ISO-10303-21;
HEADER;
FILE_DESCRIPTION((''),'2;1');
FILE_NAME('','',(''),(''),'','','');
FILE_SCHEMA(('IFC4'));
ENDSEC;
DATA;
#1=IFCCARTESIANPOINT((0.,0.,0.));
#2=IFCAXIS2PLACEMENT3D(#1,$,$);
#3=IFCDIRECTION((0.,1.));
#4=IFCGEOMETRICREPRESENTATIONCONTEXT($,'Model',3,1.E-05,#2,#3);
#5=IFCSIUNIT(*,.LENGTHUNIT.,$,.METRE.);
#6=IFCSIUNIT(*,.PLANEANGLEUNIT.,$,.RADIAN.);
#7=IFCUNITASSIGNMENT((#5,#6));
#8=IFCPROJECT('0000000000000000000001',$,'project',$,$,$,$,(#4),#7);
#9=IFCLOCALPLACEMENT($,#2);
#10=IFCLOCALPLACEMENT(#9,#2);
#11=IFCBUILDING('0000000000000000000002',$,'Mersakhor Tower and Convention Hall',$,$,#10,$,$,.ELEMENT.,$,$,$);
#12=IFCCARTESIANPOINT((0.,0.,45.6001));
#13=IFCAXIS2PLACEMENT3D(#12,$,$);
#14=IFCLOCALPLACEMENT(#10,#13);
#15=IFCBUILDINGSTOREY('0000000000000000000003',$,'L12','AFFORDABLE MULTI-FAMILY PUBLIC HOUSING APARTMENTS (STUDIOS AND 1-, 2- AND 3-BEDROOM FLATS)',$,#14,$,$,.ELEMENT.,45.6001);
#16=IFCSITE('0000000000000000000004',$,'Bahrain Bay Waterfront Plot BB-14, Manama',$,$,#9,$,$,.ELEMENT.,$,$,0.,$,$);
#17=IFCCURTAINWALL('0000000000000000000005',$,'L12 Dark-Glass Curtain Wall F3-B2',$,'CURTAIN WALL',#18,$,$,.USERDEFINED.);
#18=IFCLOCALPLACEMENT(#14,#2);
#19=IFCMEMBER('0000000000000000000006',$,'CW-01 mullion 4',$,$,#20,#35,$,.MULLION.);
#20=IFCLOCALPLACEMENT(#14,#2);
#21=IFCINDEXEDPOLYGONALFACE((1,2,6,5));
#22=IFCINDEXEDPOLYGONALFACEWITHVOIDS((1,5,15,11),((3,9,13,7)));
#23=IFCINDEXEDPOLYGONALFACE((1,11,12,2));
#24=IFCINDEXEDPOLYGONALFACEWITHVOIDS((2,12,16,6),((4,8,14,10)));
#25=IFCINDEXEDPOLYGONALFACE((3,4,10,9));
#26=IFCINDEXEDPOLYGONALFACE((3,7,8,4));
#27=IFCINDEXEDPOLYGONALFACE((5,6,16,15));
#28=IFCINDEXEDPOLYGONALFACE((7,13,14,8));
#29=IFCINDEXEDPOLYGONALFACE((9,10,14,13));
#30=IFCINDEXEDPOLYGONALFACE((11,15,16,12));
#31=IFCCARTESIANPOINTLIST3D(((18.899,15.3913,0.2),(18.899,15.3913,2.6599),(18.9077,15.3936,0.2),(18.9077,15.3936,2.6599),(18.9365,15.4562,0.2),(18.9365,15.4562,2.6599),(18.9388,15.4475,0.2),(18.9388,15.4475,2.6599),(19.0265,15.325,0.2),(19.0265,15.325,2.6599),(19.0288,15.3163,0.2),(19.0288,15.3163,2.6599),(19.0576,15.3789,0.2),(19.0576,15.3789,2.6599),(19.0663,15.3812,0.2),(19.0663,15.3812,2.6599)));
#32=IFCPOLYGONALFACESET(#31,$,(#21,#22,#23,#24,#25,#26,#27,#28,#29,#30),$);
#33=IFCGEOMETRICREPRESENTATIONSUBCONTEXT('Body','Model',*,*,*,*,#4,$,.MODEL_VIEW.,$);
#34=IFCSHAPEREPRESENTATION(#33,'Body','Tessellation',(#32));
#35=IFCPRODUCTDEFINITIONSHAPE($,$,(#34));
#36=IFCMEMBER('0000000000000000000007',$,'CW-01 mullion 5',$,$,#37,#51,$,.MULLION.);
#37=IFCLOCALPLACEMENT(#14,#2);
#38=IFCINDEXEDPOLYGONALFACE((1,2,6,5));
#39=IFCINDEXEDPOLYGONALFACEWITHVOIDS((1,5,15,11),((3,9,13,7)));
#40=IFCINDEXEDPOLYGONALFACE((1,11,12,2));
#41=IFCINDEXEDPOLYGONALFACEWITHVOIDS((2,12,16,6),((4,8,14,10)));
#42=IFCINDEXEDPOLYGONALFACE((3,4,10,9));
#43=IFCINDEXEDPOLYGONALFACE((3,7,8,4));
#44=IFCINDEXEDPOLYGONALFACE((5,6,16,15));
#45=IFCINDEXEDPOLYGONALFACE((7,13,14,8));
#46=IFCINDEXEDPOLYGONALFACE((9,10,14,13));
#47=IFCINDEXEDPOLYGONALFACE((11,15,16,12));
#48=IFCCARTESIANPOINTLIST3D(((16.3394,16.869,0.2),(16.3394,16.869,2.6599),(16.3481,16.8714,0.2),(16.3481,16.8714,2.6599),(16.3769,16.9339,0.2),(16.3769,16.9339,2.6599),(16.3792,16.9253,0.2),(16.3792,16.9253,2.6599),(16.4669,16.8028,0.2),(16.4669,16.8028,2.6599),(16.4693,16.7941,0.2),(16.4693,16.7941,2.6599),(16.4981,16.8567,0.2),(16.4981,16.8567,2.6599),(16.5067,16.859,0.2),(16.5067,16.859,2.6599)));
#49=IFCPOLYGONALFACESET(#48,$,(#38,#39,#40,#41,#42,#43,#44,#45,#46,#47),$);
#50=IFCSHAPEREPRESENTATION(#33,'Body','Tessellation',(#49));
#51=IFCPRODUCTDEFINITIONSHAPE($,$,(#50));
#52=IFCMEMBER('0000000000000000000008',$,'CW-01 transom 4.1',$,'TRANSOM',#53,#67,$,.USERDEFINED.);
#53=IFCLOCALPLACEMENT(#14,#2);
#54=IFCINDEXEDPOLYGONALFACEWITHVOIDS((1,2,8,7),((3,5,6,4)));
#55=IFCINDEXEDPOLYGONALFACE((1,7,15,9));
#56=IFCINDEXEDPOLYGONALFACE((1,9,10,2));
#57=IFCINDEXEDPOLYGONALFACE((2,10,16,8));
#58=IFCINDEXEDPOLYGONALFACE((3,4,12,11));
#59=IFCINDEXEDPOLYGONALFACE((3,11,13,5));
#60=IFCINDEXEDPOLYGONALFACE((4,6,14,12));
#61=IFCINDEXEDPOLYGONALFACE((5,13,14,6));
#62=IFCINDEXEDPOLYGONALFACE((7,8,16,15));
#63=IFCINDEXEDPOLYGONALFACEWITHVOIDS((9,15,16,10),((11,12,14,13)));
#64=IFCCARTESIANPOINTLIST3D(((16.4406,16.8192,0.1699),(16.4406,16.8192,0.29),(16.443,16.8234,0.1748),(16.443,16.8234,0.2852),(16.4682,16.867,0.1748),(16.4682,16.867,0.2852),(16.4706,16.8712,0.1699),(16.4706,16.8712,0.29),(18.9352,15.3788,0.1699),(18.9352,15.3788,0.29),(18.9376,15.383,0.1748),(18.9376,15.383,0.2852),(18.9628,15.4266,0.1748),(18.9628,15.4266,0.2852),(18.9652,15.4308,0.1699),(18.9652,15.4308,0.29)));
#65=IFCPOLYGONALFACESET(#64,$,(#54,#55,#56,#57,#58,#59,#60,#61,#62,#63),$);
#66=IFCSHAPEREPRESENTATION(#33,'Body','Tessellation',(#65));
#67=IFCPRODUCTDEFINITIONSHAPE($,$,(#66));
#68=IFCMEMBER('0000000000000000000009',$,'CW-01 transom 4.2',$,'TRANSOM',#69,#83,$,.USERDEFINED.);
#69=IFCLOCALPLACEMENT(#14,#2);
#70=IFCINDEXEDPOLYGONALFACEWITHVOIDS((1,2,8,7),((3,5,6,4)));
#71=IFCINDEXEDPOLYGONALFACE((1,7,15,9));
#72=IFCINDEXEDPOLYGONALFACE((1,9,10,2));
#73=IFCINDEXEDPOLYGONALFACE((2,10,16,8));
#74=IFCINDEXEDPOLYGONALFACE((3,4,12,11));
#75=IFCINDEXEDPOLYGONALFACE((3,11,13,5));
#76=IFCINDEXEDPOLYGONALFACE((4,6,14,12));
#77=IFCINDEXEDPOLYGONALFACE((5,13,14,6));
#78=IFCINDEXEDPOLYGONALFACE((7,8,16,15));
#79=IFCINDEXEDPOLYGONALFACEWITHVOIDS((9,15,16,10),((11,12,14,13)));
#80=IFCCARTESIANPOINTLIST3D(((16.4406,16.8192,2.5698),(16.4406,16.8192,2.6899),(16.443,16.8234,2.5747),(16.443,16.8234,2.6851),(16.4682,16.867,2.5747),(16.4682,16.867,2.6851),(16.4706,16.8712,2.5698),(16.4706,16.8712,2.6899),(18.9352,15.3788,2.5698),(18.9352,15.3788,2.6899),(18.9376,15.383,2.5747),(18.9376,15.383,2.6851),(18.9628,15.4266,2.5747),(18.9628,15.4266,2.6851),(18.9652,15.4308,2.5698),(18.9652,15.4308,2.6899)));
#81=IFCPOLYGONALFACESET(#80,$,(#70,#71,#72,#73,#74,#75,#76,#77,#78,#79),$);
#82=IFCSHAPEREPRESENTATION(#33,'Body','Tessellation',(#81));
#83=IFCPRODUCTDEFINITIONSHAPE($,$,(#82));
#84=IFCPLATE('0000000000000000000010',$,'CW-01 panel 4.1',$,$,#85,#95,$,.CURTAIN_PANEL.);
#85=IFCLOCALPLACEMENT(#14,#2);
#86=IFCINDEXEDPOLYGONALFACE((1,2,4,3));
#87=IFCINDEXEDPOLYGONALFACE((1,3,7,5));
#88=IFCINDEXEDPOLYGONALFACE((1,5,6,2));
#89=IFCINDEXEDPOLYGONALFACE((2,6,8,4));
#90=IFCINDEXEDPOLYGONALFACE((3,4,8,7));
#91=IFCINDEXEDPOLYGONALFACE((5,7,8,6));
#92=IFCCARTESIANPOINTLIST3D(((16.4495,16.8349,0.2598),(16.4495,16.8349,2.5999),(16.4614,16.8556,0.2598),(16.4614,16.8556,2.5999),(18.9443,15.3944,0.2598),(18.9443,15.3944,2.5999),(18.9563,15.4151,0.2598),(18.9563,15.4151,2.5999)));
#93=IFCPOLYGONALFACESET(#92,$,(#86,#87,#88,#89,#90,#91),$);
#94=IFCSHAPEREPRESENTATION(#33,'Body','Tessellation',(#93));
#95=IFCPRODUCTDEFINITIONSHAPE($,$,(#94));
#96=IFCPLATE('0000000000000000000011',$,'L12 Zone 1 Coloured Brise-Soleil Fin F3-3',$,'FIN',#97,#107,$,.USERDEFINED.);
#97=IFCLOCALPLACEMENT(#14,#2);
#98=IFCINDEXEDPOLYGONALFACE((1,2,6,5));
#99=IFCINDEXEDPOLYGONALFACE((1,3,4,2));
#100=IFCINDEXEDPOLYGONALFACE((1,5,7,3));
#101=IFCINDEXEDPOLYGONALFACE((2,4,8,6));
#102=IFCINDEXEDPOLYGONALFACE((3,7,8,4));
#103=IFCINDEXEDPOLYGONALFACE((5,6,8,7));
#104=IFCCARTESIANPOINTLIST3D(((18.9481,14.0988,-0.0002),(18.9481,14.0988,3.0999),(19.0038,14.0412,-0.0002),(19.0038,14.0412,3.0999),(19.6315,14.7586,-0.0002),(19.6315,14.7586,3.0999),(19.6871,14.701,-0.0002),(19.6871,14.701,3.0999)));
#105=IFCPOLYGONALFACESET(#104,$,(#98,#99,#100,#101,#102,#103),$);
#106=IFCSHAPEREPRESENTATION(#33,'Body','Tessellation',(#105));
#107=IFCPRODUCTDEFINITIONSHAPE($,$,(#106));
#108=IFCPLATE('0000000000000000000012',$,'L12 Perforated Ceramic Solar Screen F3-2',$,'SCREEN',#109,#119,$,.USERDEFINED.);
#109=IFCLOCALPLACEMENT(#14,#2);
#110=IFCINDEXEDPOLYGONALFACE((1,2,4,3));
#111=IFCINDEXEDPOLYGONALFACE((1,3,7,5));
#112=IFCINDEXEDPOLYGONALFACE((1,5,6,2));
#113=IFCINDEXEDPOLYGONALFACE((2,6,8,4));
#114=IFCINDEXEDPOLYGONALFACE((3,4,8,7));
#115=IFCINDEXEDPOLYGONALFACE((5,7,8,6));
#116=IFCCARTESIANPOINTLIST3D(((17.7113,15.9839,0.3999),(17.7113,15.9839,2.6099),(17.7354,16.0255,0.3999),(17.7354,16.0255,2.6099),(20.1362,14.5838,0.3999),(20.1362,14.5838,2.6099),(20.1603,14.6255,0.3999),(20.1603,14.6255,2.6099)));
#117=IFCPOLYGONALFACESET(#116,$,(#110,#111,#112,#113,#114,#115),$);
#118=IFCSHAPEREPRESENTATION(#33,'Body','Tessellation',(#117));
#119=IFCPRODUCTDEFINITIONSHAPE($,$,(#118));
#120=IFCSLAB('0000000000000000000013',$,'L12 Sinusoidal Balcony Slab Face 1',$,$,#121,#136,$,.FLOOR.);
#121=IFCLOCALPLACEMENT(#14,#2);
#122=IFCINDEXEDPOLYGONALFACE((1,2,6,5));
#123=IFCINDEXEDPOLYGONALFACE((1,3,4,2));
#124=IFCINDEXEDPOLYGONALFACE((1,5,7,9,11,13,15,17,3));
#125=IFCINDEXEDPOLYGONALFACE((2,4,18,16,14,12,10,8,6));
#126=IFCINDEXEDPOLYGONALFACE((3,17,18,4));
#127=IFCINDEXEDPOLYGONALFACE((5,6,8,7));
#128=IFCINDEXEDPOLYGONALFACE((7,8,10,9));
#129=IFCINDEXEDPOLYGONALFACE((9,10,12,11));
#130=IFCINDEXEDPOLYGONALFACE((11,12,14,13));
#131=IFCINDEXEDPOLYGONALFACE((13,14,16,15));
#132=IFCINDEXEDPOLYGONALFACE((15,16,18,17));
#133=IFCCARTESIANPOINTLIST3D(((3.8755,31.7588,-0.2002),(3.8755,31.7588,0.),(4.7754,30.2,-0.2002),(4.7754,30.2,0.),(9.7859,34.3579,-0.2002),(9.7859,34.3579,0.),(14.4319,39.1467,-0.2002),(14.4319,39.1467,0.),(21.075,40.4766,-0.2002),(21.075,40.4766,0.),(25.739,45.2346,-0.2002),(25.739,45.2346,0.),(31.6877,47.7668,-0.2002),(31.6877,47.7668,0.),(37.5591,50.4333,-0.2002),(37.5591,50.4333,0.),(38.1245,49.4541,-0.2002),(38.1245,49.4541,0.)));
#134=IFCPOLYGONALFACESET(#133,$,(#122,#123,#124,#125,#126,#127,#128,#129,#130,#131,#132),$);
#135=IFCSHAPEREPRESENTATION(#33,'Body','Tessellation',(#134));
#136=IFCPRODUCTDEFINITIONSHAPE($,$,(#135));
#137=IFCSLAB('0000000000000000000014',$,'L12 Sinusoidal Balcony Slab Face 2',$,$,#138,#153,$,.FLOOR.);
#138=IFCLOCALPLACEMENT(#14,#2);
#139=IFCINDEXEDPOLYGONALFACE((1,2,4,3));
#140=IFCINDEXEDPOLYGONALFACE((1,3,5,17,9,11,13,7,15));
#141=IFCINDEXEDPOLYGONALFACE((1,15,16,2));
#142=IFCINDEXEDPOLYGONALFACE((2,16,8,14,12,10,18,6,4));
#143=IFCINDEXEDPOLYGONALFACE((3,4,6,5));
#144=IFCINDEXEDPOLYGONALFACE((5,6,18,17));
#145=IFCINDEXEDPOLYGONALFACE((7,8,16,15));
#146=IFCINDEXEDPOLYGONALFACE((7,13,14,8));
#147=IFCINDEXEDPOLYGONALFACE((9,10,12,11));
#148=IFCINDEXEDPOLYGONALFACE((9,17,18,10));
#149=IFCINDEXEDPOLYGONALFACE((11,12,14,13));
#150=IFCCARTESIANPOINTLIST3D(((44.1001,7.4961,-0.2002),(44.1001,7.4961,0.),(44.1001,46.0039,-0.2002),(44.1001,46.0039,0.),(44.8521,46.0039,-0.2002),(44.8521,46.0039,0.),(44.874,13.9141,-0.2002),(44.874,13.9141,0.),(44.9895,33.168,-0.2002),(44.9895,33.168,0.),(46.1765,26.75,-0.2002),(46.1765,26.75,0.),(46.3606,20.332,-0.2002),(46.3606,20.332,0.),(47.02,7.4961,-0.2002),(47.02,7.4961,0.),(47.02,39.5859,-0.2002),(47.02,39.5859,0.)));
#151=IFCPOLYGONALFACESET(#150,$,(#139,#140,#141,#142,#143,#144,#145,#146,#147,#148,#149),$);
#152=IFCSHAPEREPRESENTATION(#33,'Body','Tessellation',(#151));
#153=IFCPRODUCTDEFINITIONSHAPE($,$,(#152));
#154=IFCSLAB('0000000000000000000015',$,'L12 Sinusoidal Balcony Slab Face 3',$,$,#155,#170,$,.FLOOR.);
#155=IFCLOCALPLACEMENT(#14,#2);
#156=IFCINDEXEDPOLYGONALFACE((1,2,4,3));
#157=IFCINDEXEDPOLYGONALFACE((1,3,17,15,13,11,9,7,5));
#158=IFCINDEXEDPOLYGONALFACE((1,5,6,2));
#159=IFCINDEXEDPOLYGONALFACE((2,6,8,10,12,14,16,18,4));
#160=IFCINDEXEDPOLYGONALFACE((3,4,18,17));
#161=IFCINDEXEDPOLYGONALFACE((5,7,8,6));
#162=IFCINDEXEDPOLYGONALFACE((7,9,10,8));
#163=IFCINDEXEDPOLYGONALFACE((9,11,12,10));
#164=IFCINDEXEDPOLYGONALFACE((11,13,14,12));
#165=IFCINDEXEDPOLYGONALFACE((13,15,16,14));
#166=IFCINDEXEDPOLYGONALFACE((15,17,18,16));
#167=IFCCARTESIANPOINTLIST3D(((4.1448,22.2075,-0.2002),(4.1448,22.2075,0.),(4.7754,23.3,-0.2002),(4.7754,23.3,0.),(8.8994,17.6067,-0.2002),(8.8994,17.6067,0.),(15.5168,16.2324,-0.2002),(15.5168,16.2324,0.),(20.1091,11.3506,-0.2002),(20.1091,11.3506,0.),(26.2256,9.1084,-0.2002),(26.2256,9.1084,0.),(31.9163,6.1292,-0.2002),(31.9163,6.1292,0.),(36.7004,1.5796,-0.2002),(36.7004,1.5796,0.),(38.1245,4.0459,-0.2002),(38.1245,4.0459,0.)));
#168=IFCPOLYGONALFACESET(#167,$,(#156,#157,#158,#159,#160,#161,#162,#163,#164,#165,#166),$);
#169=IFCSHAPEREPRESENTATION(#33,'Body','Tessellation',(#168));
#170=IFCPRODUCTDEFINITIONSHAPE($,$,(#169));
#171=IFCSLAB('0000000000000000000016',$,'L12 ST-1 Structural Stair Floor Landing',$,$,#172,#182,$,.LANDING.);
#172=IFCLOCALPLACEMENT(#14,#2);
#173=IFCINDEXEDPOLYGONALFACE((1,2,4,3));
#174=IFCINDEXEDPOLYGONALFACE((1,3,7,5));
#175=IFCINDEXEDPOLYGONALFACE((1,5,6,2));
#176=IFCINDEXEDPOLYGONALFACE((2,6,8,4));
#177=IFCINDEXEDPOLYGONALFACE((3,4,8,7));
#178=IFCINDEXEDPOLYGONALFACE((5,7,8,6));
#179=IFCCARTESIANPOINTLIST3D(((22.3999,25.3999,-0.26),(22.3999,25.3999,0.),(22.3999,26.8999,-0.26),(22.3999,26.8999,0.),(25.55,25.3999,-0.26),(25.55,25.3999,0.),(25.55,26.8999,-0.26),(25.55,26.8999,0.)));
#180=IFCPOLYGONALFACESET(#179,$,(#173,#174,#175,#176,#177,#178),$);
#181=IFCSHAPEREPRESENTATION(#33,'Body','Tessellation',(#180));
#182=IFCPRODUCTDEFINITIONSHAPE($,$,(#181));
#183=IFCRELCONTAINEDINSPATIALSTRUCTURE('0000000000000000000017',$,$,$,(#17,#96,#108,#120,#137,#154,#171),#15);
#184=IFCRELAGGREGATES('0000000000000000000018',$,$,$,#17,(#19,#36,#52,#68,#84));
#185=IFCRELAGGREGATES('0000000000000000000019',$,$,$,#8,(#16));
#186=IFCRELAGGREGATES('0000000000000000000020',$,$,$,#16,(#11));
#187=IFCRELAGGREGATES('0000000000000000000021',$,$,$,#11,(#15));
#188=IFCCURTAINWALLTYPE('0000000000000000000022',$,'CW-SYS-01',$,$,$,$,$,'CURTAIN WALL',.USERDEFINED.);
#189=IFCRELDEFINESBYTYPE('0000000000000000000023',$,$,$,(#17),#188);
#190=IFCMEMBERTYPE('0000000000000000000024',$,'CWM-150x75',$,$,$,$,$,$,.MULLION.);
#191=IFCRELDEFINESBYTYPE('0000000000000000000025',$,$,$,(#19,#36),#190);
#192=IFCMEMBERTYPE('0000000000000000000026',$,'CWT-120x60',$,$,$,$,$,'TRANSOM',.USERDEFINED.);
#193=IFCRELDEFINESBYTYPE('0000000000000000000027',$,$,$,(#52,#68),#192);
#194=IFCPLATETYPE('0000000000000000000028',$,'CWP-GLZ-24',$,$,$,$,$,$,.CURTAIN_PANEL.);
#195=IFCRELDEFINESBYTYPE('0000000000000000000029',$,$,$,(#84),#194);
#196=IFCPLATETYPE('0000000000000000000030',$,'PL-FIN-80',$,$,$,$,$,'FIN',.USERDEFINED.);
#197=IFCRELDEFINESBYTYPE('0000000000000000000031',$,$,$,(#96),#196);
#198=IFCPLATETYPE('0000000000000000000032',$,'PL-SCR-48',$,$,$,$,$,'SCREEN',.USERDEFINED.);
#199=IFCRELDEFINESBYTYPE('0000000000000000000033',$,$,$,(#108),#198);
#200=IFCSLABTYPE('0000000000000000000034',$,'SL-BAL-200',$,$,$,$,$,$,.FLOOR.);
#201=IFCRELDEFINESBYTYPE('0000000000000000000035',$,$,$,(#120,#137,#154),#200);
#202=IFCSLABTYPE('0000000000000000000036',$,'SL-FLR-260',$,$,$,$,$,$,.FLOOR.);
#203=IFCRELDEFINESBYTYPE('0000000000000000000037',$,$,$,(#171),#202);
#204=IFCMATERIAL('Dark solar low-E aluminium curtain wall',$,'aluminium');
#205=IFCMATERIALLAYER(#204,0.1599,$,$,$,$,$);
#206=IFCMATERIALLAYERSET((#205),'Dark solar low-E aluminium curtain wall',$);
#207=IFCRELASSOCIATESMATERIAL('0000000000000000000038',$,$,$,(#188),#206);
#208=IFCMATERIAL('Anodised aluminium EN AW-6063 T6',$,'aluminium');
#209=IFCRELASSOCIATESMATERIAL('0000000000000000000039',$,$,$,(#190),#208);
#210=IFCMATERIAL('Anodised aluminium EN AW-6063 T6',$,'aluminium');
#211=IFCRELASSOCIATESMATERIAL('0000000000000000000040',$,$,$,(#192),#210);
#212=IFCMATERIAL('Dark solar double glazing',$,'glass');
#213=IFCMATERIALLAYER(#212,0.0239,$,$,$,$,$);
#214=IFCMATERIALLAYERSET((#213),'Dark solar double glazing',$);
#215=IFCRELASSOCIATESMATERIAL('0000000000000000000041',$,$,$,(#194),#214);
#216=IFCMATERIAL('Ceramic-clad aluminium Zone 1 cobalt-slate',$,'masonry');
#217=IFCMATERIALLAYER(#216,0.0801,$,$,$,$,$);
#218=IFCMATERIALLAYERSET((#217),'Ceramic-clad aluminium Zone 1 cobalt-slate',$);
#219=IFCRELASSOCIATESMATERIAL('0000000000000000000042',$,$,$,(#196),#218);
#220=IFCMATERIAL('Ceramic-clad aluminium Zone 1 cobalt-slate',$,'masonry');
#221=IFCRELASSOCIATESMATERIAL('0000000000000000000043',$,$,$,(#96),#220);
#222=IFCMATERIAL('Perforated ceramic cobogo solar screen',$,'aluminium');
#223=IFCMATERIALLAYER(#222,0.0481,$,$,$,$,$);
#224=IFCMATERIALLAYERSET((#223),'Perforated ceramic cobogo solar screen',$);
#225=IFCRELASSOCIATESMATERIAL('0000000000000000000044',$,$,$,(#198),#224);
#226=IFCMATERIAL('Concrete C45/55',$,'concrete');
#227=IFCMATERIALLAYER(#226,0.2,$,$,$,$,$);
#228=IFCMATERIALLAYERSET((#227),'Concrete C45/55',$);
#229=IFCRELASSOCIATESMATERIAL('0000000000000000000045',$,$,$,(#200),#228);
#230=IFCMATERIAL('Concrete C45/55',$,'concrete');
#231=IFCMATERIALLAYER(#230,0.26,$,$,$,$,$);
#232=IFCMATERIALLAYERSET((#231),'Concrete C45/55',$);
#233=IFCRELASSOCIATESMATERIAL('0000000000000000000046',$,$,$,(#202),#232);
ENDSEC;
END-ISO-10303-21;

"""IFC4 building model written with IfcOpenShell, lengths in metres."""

from ifc_helpers import new_model, si_unit, direction, frame, origin, origin_2d, place, context, subcontext, project, spatial, polyline, rectangle, hollow_rectangle, outline, extrude, material, layer, layer_set, material_profile, profile_set, type_object, element, aggregate, save


model = new_model("IFC4")

# Units and contexts
model_context = context("Model", 3, precision=1e-05, world=origin(), true_north=direction((0.0, 1.0)))
body_context = subcontext(model_context, "Body", "Model", "MODEL_VIEW")
ifc_project = project(units=[si_unit("LENGTHUNIT", "METRE"), si_unit("PLANEANGLEUNIT", "RADIAN")], contexts=[model_context])

# Site, building, storey
site_placement = place(None, origin())
site = spatial("IfcSite", under=ifc_project, at=site_placement, Name="Bahrain Bay Waterfront Plot BB-14, Manama", CompositionType="ELEMENT", RefElevation=0.0)
building_placement = place(site_placement, origin())
building = spatial("IfcBuilding", under=site, at=building_placement, Name="Mersakhor Tower and Convention Hall", CompositionType="ELEMENT")
storey_placement = place(building_placement, frame((0.0, 0.0, 45.6001)))
storey = spatial("IfcBuildingStorey", under=building, at=storey_placement, Name="L12", Description="AFFORDABLE MULTI-FAMILY PUBLIC HOUSING APARTMENTS (STUDIOS AND 1-, 2- AND 3-BEDROOM FLATS)", CompositionType="ELEMENT", Elevation=45.6001)

# Curtain wall, members, plate
ifc_material_1 = material(Name="Dark solar low-E aluminium curtain wall", Category="aluminium")
ifc_layer_1 = layer(ifc_material_1, 0.1599)
ifc_layer_set_1 = layer_set([ifc_layer_1], Name="Dark solar low-E aluminium curtain wall")
curtain_wall_type = type_object("IfcCurtainWallType", Name="CW-SYS-01", ElementType="CURTAIN WALL", PredefinedType="USERDEFINED", material=ifc_layer_set_1)
curtain_wall_placement = place(storey_placement, origin())
curtain_wall = element("IfcCurtainWall", 1, at=curtain_wall_placement, inside=storey, type_object=curtain_wall_type, Name="L12 Dark-Glass Curtain Wall F3-B2", ObjectType="CURTAIN WALL", PredefinedType="USERDEFINED")
ifc_material_2 = material(Name="Anodised aluminium EN AW-6063 T6", Category="aluminium")
ifc_material_profile_1 = material_profile(ifc_material_2, hollow_rectangle(XDim=0.075, YDim=0.1499, WallThickness=0.0063, at=origin_2d()), Name="RHS 150x75x6.3")
ifc_profile_set_1 = profile_set([ifc_material_profile_1], Name="Anodised aluminium EN AW-6063 T6")
member_type_1 = type_object("IfcMemberType", Name="CWM-150x75", PredefinedType="MULLION", material=ifc_profile_set_1)
member_1_placement = place(storey_placement, frame((18.9827, 15.3862, 0.2), z_axis=(0.0, 0.0, 1.0), x_axis=(-0.500003, -0.866023, 0.0)))
member_1 = element("IfcMember", 2, at=member_1_placement, type_object=member_type_1, Name="CW-01 mullion 4", PredefinedType="MULLION", context=body_context, shape_type="SweptSolid", body=[
    extrude(hollow_rectangle(XDim=0.075, YDim=0.1499, WallThickness=0.0063, at=origin_2d()), origin(), (0.0, 0.0, 1.0), 2.46),
])
member_2_placement = place(storey_placement, frame((16.4231, 16.864, 0.2), z_axis=(0.0, 0.0, 1.0), x_axis=(-0.500003, -0.866023, 0.0)))
member_2 = element("IfcMember", 3, at=member_2_placement, type_object=member_type_1, Name="CW-01 mullion 5", PredefinedType="MULLION", context=body_context, shape_type="SweptSolid", body=[
    extrude(hollow_rectangle(XDim=0.075, YDim=0.1499, WallThickness=0.0063, at=origin_2d()), origin(), (0.0, 0.0, 1.0), 2.46),
])
ifc_material_3 = material(Name="Anodised aluminium EN AW-6063 T6", Category="aluminium")
ifc_material_profile_2 = material_profile(ifc_material_3, hollow_rectangle(XDim=0.0601, YDim=0.1201, WallThickness=0.0049, at=origin_2d()), Name="RHS 120x60x5")
ifc_profile_set_2 = profile_set([ifc_material_profile_2], Name="Anodised aluminium EN AW-6063 T6")
member_type_2 = type_object("IfcMemberType", Name="CWT-120x60", ElementType="TRANSOM", PredefinedType="USERDEFINED", material=ifc_profile_set_2)
member_3_placement = place(storey_placement, frame((18.9502, 15.4048, 0.23), z_axis=(-0.866002, 0.50004, 0.0), x_axis=(-0.50004, -0.866002, 0.0)))
member_3 = element("IfcMember", 4, at=member_3_placement, type_object=member_type_2, Name="CW-01 transom 4.1", ObjectType="TRANSOM", PredefinedType="USERDEFINED", context=body_context, shape_type="SweptSolid", body=[
    extrude(hollow_rectangle(XDim=0.0601, YDim=0.1201, WallThickness=0.0049, at=origin_2d()), origin(), (0.0, 0.0, 1.0), 2.8806),
])
member_4_placement = place(storey_placement, frame((18.9502, 15.4048, 2.6299), z_axis=(-0.866002, 0.50004, 0.0), x_axis=(-0.50004, -0.866002, 0.0)))
member_4 = element("IfcMember", 5, at=member_4_placement, type_object=member_type_2, Name="CW-01 transom 4.2", ObjectType="TRANSOM", PredefinedType="USERDEFINED", context=body_context, shape_type="SweptSolid", body=[
    extrude(hollow_rectangle(XDim=0.0601, YDim=0.1201, WallThickness=0.0049, at=origin_2d()), origin(), (0.0, 0.0, 1.0), 2.8806),
])
ifc_material_4 = material(Name="Dark solar double glazing", Category="glass")
ifc_layer_2 = layer(ifc_material_4, 0.0239)
ifc_layer_set_2 = layer_set([ifc_layer_2], Name="Dark solar double glazing")
plate_type_1 = type_object("IfcPlateType", Name="CWP-GLZ-24", PredefinedType="CURTAIN_PANEL", material=ifc_layer_set_2)
plate_1_placement = place(storey_placement, frame((17.7029, 16.125, 0.2598), z_axis=(0.0, 0.0, 1.0), x_axis=(-0.866023, 0.500003, 0.0)))
plate_1 = element("IfcPlate", 6, at=plate_1_placement, type_object=plate_type_1, Name="CW-01 panel 4.1", PredefinedType="CURTAIN_PANEL", context=body_context, shape_type="SweptSolid", body=[
    extrude(rectangle(XDim=2.8809, YDim=0.0239, at=origin_2d()), origin(), (0.0, 0.0, 1.0), 2.3401),
])
aggregate(curtain_wall, [member_1, member_2, member_3, member_4, plate_1])

# Plates
ifc_material_5 = material(Name="Ceramic-clad aluminium Zone 1 cobalt-slate", Category="masonry")
ifc_material_6 = material(Name="Ceramic-clad aluminium Zone 1 cobalt-slate", Category="masonry")
ifc_layer_3 = layer(ifc_material_6, 0.0801)
ifc_layer_set_3 = layer_set([ifc_layer_3], Name="Ceramic-clad aluminium Zone 1 cobalt-slate")
plate_type_2 = type_object("IfcPlateType", Name="PL-FIN-80", ElementType="FIN", PredefinedType="USERDEFINED", material=ifc_layer_set_3)
plate_2_placement = place(storey_placement, frame((19.3176, 14.3999, -0.0002), z_axis=(0.0, 0.0, 1.0), x_axis=(-0.71934, -0.694658, 0.0)))
element("IfcPlate", 7, at=plate_2_placement, inside=storey, type_object=plate_type_2, material=ifc_material_5, Name="L12 Zone 1 Coloured Brise-Soleil Fin F3-3", ObjectType="FIN", PredefinedType="USERDEFINED", context=body_context, shape_type="SweptSolid", body=[
    extrude(rectangle(XDim=0.95, YDim=0.0801, at=origin_2d()), origin(), (0.0, 0.0, 1.0), 3.1001),
])
ifc_material_7 = material(Name="Perforated ceramic cobogo solar screen", Category="aluminium")
ifc_layer_4 = layer(ifc_material_7, 0.0481)
ifc_layer_set_4 = layer_set([ifc_layer_4], Name="Perforated ceramic cobogo solar screen")
plate_type_3 = type_object("IfcPlateType", Name="PL-SCR-48", ElementType="SCREEN", PredefinedType="USERDEFINED", material=ifc_layer_set_4)
plate_3_placement = place(storey_placement, frame((18.9358, 15.3047, 0.3999), z_axis=(0.0, 0.0, 1.0), x_axis=(-0.866025, 0.5, 0.0)))
element("IfcPlate", 8, at=plate_3_placement, inside=storey, type_object=plate_type_3, Name="L12 Perforated Ceramic Solar Screen F3-2", ObjectType="SCREEN", PredefinedType="USERDEFINED", context=body_context, shape_type="SweptSolid", body=[
    extrude(rectangle(XDim=2.8, YDim=0.0481, at=origin_2d()), origin(), (0.0, 0.0, 1.0), 2.21),
])

# Slabs
ifc_material_8 = material(Name="Concrete C45/55", Category="concrete")
ifc_layer_5 = layer(ifc_material_8, 0.2)
ifc_layer_set_5 = layer_set([ifc_layer_5], Name="Concrete C45/55")
slab_type_1 = type_object("IfcSlabType", Name="SL-BAL-200", PredefinedType="FLOOR", material=ifc_layer_set_5)
slab_1_placement = place(storey_placement, frame((0.0, 0.0, -0.2002)))
element("IfcSlab", 9, at=slab_1_placement, inside=storey, type_object=slab_type_1, Name="L12 Sinusoidal Balcony Slab Face 1", PredefinedType="FLOOR", context=body_context, shape_type="SweptSolid", body=[
    extrude(outline(polyline([(4.7754, 30.2), (38.1245, 49.4541), (37.5591, 50.4333), (31.6877, 47.7668), (25.739, 45.2346), (21.075, 40.4766), (14.4319, 39.1467), (9.7859, 34.3579), (3.8755, 31.7588), (4.7754, 30.2)])), origin(), (0.0, 0.0, 1.0), 0.2002),
])
slab_2_placement = place(storey_placement, frame((0.0, 0.0, -0.2002)))
element("IfcSlab", 10, at=slab_2_placement, inside=storey, type_object=slab_type_1, Name="L12 Sinusoidal Balcony Slab Face 2", PredefinedType="FLOOR", context=body_context, shape_type="SweptSolid", body=[
    extrude(outline(polyline([(44.1001, 46.0039), (44.1001, 7.4961), (47.02, 7.4961), (44.874, 13.9141), (46.3606, 20.332), (46.1765, 26.75), (44.9895, 33.168), (47.02, 39.5859), (44.8521, 46.0039), (44.1001, 46.0039)])), origin(), (0.0, 0.0, 1.0), 0.2002),
])
slab_3_placement = place(storey_placement, frame((0.0, 0.0, -0.2002)))
element("IfcSlab", 11, at=slab_3_placement, inside=storey, type_object=slab_type_1, Name="L12 Sinusoidal Balcony Slab Face 3", PredefinedType="FLOOR", context=body_context, shape_type="SweptSolid", body=[
    extrude(outline(polyline([(38.1245, 4.0459), (4.7754, 23.3), (4.1448, 22.2075), (8.8994, 17.6067), (15.5168, 16.2324), (20.1091, 11.3506), (26.2256, 9.1084), (31.9163, 6.1292), (36.7004, 1.5796), (38.1245, 4.0459)])), origin(), (0.0, 0.0, 1.0), 0.2002),
])
ifc_material_9 = material(Name="Concrete C45/55", Category="concrete")
ifc_layer_6 = layer(ifc_material_9, 0.26)
ifc_layer_set_6 = layer_set([ifc_layer_6], Name="Concrete C45/55")
slab_type_2 = type_object("IfcSlabType", Name="SL-FLR-260", PredefinedType="FLOOR", material=ifc_layer_set_6)
slab_4_placement = place(storey_placement, frame((0.0, 0.0, -0.26)))
element("IfcSlab", 12, at=slab_4_placement, inside=storey, type_object=slab_type_2, Name="L12 ST-1 Structural Stair Floor Landing", PredefinedType="LANDING", context=body_context, shape_type="SweptSolid", body=[
    extrude(outline(polyline([(25.55, 25.3999), (25.55, 26.8999), (22.3999, 26.8999), (22.3999, 25.3999), (25.55, 25.3999)])), origin(), (0.0, 0.0, 1.0), 0.26),
])

save(model, "model.ifc")
